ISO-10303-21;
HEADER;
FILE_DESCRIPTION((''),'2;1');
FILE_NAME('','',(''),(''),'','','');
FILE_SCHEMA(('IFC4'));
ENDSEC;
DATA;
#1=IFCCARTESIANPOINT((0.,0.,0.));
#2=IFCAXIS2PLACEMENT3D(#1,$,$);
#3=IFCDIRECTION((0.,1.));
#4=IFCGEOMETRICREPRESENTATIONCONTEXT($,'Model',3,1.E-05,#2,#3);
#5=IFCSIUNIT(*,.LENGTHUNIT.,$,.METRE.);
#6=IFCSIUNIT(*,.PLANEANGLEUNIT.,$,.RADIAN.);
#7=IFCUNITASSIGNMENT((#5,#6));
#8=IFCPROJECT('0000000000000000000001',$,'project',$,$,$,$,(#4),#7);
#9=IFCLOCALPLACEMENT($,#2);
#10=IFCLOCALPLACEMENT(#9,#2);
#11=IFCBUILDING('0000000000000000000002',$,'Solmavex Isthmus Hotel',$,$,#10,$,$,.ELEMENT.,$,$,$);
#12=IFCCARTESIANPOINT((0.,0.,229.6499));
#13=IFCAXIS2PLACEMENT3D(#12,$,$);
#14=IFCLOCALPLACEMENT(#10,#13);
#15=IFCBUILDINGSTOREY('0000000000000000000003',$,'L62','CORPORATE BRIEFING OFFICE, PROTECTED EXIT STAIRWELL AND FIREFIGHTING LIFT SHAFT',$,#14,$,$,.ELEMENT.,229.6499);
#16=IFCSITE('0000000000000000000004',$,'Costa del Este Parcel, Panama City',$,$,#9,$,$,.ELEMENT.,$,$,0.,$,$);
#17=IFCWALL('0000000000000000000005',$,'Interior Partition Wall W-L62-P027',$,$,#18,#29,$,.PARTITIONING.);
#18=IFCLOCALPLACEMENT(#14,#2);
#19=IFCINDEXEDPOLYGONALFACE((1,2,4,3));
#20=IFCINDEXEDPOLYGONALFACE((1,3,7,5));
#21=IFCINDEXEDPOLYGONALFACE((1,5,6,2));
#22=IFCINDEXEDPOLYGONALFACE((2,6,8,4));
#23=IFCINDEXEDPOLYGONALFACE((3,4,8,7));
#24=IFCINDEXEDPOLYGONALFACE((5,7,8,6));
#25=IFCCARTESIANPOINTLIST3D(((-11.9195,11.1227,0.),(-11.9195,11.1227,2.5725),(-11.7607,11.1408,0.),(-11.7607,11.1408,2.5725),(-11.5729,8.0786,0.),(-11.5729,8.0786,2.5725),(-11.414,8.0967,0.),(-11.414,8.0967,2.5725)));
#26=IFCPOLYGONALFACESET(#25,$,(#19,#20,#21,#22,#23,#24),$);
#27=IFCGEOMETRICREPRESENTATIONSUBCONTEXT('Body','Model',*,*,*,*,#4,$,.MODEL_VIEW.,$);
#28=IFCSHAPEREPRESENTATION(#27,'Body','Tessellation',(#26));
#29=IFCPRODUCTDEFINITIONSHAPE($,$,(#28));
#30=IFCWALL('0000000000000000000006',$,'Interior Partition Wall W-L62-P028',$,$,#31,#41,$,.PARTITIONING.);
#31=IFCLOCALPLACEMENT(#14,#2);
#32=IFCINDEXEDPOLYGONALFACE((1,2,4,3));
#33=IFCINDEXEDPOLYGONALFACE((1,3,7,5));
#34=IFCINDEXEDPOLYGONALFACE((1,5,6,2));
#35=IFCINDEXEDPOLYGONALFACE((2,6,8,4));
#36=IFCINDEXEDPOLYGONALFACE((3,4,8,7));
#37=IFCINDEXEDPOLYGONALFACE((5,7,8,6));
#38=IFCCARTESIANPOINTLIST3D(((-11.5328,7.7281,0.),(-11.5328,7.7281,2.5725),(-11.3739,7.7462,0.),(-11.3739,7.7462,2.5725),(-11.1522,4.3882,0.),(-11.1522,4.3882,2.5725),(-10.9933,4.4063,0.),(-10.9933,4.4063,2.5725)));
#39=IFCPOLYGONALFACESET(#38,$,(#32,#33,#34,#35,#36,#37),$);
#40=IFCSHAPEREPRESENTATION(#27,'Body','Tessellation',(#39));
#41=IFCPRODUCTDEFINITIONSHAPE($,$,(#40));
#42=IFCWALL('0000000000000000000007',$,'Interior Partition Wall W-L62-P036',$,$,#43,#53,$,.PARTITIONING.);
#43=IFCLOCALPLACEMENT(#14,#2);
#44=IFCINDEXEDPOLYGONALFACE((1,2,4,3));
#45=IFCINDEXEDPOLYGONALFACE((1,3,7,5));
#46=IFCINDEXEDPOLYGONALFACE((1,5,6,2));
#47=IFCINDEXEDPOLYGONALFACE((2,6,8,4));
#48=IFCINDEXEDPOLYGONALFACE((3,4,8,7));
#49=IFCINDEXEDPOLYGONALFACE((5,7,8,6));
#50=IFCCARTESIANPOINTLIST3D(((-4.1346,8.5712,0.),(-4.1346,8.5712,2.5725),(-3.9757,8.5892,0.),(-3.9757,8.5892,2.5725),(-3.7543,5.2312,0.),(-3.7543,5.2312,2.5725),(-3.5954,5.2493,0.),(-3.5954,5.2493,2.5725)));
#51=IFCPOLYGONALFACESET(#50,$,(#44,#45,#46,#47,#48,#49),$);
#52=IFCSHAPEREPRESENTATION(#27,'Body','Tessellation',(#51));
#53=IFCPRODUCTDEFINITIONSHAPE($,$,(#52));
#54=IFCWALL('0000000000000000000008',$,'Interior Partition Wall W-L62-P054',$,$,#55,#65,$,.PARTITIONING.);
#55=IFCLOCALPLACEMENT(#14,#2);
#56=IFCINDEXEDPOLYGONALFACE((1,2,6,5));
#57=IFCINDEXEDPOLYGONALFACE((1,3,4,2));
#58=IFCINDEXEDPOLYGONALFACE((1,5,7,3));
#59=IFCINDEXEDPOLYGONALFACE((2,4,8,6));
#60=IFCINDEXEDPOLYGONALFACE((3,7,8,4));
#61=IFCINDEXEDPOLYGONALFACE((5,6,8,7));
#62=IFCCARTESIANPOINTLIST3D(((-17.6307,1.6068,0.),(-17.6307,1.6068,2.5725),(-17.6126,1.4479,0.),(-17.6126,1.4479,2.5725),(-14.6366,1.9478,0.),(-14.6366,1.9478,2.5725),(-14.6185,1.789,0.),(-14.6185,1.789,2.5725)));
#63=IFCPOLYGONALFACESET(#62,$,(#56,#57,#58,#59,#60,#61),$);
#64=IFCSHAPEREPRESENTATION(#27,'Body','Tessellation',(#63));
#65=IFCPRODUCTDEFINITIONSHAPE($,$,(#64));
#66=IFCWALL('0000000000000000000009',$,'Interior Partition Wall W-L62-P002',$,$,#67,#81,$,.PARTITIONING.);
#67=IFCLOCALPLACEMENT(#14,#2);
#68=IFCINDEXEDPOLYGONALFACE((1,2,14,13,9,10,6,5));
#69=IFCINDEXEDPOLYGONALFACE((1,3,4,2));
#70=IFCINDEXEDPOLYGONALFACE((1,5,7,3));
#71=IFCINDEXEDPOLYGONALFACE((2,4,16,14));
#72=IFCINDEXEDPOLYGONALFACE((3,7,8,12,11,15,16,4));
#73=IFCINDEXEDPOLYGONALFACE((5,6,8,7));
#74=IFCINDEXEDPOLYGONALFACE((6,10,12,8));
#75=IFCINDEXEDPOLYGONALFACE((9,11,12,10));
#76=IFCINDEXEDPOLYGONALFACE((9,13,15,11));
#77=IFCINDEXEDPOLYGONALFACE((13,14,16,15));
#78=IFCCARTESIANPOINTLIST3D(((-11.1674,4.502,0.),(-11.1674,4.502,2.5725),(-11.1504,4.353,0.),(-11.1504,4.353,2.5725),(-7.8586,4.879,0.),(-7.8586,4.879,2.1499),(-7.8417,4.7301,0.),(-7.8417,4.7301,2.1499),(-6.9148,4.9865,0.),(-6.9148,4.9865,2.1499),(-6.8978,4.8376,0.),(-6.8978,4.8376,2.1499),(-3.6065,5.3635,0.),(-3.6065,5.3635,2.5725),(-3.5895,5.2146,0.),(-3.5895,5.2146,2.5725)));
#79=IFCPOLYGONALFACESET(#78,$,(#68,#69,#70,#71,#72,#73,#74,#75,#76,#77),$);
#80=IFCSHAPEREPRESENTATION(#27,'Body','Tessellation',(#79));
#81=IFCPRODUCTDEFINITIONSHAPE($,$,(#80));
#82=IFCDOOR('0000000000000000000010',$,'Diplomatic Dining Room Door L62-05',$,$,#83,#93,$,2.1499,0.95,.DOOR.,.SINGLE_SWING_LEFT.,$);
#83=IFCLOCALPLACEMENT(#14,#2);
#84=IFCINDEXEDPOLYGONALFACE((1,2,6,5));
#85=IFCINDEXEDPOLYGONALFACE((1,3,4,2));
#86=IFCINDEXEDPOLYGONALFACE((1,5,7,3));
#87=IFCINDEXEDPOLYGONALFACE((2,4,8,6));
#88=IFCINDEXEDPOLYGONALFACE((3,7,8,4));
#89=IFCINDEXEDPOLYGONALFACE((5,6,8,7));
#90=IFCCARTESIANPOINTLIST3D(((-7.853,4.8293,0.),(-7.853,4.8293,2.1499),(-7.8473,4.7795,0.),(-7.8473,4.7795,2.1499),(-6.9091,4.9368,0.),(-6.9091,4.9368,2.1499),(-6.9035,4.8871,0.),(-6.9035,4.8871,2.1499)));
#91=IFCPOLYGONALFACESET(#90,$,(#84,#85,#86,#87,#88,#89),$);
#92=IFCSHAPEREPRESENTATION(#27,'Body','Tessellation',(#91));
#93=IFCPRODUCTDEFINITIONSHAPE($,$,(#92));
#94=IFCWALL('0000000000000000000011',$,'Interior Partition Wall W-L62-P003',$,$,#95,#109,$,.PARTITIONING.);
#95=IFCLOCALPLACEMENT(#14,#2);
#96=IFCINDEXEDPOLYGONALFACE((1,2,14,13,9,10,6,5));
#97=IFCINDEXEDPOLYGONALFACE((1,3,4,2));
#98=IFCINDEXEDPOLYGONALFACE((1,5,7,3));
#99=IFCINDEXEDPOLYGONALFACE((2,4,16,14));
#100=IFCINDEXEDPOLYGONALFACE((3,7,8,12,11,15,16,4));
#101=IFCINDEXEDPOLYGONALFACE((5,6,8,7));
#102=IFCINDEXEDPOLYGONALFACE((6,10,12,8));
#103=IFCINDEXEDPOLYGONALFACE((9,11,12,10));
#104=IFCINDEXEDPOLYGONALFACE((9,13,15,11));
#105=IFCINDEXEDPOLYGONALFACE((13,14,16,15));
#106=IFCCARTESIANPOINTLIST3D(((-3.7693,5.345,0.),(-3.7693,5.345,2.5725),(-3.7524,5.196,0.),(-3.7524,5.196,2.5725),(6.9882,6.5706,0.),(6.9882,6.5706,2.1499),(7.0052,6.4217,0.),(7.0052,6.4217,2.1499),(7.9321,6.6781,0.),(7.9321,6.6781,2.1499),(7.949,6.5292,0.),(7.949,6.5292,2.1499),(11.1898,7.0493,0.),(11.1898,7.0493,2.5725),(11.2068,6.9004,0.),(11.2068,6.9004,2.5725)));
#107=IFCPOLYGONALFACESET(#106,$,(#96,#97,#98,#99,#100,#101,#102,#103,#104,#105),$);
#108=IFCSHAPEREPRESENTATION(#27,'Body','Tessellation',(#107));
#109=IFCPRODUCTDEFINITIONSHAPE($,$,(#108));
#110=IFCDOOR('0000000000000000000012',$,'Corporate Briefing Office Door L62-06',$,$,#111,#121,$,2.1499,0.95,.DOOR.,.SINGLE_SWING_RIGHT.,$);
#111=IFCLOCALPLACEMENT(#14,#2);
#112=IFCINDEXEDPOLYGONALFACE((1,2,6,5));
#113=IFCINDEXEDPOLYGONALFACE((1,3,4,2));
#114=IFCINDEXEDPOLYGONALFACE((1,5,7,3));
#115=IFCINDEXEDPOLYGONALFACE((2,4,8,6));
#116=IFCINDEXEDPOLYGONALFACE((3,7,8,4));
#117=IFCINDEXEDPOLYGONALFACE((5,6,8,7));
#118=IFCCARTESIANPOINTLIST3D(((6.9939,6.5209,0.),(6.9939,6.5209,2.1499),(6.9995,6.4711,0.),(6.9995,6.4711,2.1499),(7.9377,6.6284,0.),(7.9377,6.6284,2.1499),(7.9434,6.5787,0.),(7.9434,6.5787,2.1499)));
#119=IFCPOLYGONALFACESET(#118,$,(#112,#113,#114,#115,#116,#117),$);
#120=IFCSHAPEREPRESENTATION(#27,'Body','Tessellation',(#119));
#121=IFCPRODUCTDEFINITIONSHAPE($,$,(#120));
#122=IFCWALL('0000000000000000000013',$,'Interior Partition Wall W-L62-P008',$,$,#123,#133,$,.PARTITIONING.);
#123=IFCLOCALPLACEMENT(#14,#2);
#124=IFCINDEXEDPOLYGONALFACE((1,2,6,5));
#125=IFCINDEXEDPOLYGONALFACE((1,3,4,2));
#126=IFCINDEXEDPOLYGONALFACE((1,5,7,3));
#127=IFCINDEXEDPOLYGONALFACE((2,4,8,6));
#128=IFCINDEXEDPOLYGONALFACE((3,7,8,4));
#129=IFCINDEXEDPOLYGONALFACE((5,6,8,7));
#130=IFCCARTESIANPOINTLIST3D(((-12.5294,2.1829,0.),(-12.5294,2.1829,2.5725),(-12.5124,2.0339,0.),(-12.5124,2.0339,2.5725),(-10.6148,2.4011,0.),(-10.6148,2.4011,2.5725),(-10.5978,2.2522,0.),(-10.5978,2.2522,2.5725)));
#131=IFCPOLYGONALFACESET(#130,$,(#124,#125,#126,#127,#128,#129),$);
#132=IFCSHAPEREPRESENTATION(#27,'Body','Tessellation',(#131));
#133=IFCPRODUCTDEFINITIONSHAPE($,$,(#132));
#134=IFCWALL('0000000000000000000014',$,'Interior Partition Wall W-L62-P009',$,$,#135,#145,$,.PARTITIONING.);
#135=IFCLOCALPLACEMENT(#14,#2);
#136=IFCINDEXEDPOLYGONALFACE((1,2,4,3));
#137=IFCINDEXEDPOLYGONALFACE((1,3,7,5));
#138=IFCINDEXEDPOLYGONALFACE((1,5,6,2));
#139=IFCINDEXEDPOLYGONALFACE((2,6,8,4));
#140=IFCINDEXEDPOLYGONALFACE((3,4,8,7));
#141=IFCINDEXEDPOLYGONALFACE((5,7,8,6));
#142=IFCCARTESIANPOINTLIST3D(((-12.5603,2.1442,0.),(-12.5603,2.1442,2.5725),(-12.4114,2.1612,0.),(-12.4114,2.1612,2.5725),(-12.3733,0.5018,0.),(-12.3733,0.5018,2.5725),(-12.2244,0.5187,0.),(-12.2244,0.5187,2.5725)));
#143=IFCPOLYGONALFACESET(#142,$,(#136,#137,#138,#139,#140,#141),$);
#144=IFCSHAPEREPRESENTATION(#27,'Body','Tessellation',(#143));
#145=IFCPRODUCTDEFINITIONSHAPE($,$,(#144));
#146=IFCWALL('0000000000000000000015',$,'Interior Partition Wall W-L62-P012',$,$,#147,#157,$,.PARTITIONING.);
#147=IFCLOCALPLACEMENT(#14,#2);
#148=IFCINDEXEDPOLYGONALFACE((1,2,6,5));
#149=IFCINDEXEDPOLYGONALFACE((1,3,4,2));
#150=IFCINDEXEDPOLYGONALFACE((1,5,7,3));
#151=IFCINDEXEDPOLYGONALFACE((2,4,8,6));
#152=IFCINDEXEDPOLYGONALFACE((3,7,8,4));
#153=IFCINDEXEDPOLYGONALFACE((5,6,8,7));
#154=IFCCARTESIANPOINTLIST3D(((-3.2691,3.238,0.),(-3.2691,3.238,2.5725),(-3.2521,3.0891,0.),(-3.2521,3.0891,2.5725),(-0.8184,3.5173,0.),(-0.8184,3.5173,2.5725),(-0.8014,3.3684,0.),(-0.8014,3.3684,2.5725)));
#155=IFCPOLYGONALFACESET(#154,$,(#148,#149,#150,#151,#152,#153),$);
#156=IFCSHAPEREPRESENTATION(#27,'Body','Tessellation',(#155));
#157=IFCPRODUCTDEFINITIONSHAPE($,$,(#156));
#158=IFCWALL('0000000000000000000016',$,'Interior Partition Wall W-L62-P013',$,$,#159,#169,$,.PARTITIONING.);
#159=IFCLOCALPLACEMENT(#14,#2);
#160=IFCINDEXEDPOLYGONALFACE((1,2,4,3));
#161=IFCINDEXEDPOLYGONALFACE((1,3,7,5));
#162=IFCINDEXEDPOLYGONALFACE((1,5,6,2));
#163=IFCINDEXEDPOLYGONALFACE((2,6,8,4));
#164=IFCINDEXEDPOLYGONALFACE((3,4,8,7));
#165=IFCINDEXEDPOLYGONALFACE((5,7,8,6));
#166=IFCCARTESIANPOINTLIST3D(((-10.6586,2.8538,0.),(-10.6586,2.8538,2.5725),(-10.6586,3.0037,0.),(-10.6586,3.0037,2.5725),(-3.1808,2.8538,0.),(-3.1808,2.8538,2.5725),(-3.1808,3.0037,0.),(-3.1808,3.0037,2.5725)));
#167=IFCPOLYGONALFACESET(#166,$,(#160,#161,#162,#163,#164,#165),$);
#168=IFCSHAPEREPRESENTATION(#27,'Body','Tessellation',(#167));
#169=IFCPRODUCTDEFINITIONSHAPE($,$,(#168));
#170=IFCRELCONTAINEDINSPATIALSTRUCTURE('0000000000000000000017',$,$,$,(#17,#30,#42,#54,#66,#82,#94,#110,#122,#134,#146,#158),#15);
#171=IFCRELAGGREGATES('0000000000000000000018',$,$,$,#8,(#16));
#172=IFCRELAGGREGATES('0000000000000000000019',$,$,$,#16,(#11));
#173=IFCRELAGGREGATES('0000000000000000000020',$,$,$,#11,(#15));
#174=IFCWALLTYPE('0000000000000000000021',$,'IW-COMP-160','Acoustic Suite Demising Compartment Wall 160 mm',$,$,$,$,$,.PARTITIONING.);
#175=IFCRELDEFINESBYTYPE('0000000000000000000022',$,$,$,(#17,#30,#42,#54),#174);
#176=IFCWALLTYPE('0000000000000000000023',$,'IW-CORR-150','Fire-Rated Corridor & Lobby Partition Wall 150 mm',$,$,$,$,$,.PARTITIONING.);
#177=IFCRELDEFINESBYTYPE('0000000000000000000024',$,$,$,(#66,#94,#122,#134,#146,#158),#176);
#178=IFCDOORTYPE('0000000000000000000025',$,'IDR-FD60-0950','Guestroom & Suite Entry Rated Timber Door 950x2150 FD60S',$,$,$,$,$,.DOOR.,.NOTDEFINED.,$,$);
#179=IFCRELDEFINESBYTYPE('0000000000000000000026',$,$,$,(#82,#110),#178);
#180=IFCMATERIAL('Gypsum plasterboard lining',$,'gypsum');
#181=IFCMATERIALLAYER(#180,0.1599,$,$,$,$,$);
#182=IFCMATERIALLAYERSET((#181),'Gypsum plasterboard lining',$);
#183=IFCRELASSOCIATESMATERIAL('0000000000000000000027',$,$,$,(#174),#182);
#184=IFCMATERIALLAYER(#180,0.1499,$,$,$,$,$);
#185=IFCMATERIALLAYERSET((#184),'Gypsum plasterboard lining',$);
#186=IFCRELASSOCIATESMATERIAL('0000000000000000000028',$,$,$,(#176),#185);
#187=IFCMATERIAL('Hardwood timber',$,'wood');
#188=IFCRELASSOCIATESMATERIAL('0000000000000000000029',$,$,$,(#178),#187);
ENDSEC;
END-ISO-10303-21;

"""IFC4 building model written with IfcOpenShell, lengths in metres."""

from ifc_helpers import new_model, si_unit, direction, frame, frame_2d, origin, place, context, subcontext, project, spatial, rectangle, extrude, material, layer, layer_set, type_object, element, fill, save


model = new_model("IFC4")

# Units and contexts
model_context = context("Model", 3, precision=1e-05, world=origin(), true_north=direction((0.0, 1.0)))
body_context = subcontext(model_context, "Body", "Model", "MODEL_VIEW")
ifc_project = project(units=[si_unit("LENGTHUNIT", "METRE"), si_unit("PLANEANGLEUNIT", "RADIAN")], contexts=[model_context])

# Site, building, storey
site_placement = place(None, origin())
site = spatial("IfcSite", under=ifc_project, at=site_placement, Name="Costa del Este Parcel, Panama City", CompositionType="ELEMENT", RefElevation=0.0)
building_placement = place(site_placement, origin())
building = spatial("IfcBuilding", under=site, at=building_placement, Name="Solmavex Isthmus Hotel", CompositionType="ELEMENT")
storey_placement = place(building_placement, frame((0.0, 0.0, 229.6499)))
storey = spatial("IfcBuildingStorey", under=building, at=storey_placement, Name="L62", Description="CORPORATE BRIEFING OFFICE, PROTECTED EXIT STAIRWELL AND FIREFIGHTING LIFT SHAFT", CompositionType="ELEMENT", Elevation=229.6499)

# Walls
ifc_material_1 = material(Name="Gypsum plasterboard lining", Category="gypsum")
ifc_layer_1 = layer(ifc_material_1, 0.1599)
ifc_layer_set_1 = layer_set([ifc_layer_1], Name="Gypsum plasterboard lining")
wall_type_1 = type_object("IfcWallType", Name="IW-COMP-160", Description="Acoustic Suite Demising Compartment Wall 160 mm", PredefinedType="PARTITIONING", material=ifc_layer_set_1)
wall_1_placement = place(storey_placement, frame((-11.8401, 11.1316, 0.0), z_axis=(0.0, 0.0, 1.0), x_axis=(0.11316, -0.993577, 0.0)))
element("IfcWall", 1, at=wall_1_placement, inside=storey, type_object=wall_type_1, Name="Interior Partition Wall W-L62-P027", PredefinedType="PARTITIONING", context=body_context, shape_type="SweptSolid", body=[
    extrude(rectangle(XDim=3.0637, YDim=0.1599, at=frame_2d((1.5317, 0.0))), origin(), (0.0, 0.0, 1.0), 2.5725),
])
for number, where, z_axis, x_axis, name in (
    (2, (-11.4534, 7.7371, 0.0), (0.0, 0.0, 1.0), (0.113229, -0.993569, 0.0), "Interior Partition Wall W-L62-P028"),
    (3, (-4.0552, 8.5801, 0.0), (0.0, 0.0, 1.0), (0.113149, -0.993578, 0.0), "Interior Partition Wall W-L62-P036"),
):
    element("IfcWall", number, at=place(storey_placement, frame(where, z_axis=z_axis, x_axis=x_axis)), inside=storey, type_object=wall_type_1, Name=name, PredefinedType="PARTITIONING", context=body_context, shape_type="SweptSolid", body=[
        extrude(rectangle(XDim=3.3616, YDim=0.1599, at=frame_2d((1.6807, 0.0))), origin(), (0.0, 0.0, 1.0), 2.5725),
    ])
wall_2_placement = place(storey_placement, frame((-14.6274, 1.8684, 0.0), z_axis=(0.0, 0.0, 1.0), x_axis=(-0.993575, -0.113179, 0.0)))
element("IfcWall", 4, at=wall_2_placement, inside=storey, type_object=wall_type_1, Name="Interior Partition Wall W-L62-P054", PredefinedType="PARTITIONING", context=body_context, shape_type="SweptSolid", body=[
    extrude(rectangle(XDim=3.0134, YDim=0.1599, at=frame_2d((1.5068, 0.0))), origin(), (0.0, 0.0, 1.0), 2.5725),
])

# Walls, openings, doors
ifc_layer_2 = layer(ifc_material_1, 0.1499)
ifc_layer_set_2 = layer_set([ifc_layer_2], Name="Gypsum plasterboard lining")
wall_type_2 = type_object("IfcWallType", Name="IW-CORR-150", Description="Fire-Rated Corridor & Lobby Partition Wall 150 mm", PredefinedType="PARTITIONING", material=ifc_layer_set_2)
wall_3_placement = place(storey_placement, frame((-11.1589, 4.4275, 0.0), z_axis=(0.0, 0.0, 1.0), x_axis=(0.99357, 0.113216, 0.0)))
wall_3 = element("IfcWall", 5, at=wall_3_placement, inside=storey, type_object=wall_type_2, Name="Interior Partition Wall W-L62-P002", PredefinedType="PARTITIONING", context=body_context, shape_type="SweptSolid", body=[
    extrude(rectangle(XDim=7.6099, YDim=0.1499, at=frame_2d((3.8049, 0.0))), origin(), (0.0, 0.0, 1.0), 2.5725),
])
opening_1_placement = place(wall_3_placement, frame((3.3301, 0.0, 0.0)))
opening_1 = element("IfcOpeningElement", 6, at=opening_1_placement, cuts=wall_3, PredefinedType="OPENING", context=body_context, shape_type="SweptSolid", body=[
    extrude(rectangle(XDim=0.95, YDim=2.1499, at=frame_2d((0.4751, 1.075))), frame((0.0, 0.085, 0.0), z_axis=(0.0, -1.0, 0.0), x_axis=(1.0, 0.0, 0.0)), (0.0, 0.0, 1.0), 0.1699),
])
ifc_material_2 = material(Name="Hardwood timber", Category="wood")
door_type = type_object("IfcDoorType", Name="IDR-FD60-0950", Description="Guestroom & Suite Entry Rated Timber Door 950x2150 FD60S", OperationType="NOTDEFINED", PredefinedType="DOOR", material=ifc_material_2)
door_1_placement = place(opening_1_placement, origin())
door_1 = element("IfcDoor", 7, at=door_1_placement, inside=storey, type_object=door_type, Name="Diplomatic Dining Room Door L62-05", OperationType="SINGLE_SWING_LEFT", OverallHeight=2.1499, OverallWidth=0.95, PredefinedType="DOOR", context=body_context, shape_type="SweptSolid", body=[
    extrude(rectangle(XDim=0.95, YDim=2.1499, at=frame_2d((0.4751, 1.075))), frame((0.0, 0.0249, 0.0), z_axis=(0.0, -1.0, 0.0), x_axis=(1.0, 0.0, 0.0)), (0.0, 0.0, 1.0), 0.05),
])
fill(opening_1, door_1)
wall_4_placement = place(storey_placement, frame((-3.7607, 5.2705, 0.0), z_axis=(0.0, 0.0, 1.0), x_axis=(0.993572, 0.1132, 0.0)))
wall_4 = element("IfcWall", 8, at=wall_4_placement, inside=storey, type_object=wall_type_2, Name="Interior Partition Wall W-L62-P003", PredefinedType="PARTITIONING", context=body_context, shape_type="SweptSolid", body=[
    extrude(rectangle(XDim=15.0559, YDim=0.1499, at=frame_2d((7.5278, 0.0))), origin(), (0.0, 0.0, 1.0), 2.5725),
])
opening_2_placement = place(wall_4_placement, frame((10.8269, 0.0, 0.0)))
opening_2 = element("IfcOpeningElement", 9, at=opening_2_placement, cuts=wall_4, PredefinedType="OPENING", context=body_context, shape_type="SweptSolid", body=[
    extrude(rectangle(XDim=0.95, YDim=2.1499, at=frame_2d((0.4751, 1.075))), frame((0.0, 0.085, 0.0), z_axis=(0.0, -1.0, 0.0), x_axis=(1.0, 0.0, 0.0)), (0.0, 0.0, 1.0), 0.1699),
])
door_2_placement = place(opening_2_placement, origin())
door_2 = element("IfcDoor", 10, at=door_2_placement, inside=storey, type_object=door_type, Name="Corporate Briefing Office Door L62-06", OperationType="SINGLE_SWING_RIGHT", OverallHeight=2.1499, OverallWidth=0.95, PredefinedType="DOOR", context=body_context, shape_type="SweptSolid", body=[
    extrude(rectangle(XDim=0.95, YDim=2.1499, at=frame_2d((0.4751, 1.075))), frame((0.0, 0.0249, 0.0), z_axis=(0.0, -1.0, 0.0), x_axis=(1.0, 0.0, 0.0)), (0.0, 0.0, 1.0), 0.05),
])
fill(opening_2, door_2)

# Walls
wall_5_placement = place(storey_placement, frame((-10.6064, 2.3267, 0.0), z_axis=(0.0, 0.0, 1.0), x_axis=(-0.993564, -0.113268, 0.0)))
element("IfcWall", 11, at=wall_5_placement, inside=storey, type_object=wall_type_2, Name="Interior Partition Wall W-L62-P008", PredefinedType="PARTITIONING", context=body_context, shape_type="SweptSolid", body=[
    extrude(rectangle(XDim=1.927, YDim=0.1499, at=frame_2d((0.9634, 0.0))), origin(), (0.0, 0.0, 1.0), 2.5725),
])
wall_6_placement = place(storey_placement, frame((-12.4858, 2.1528, 0.0), z_axis=(0.0, 0.0, 1.0), x_axis=(0.113122, -0.993581, 0.0)))
element("IfcWall", 12, at=wall_6_placement, inside=storey, type_object=wall_type_2, Name="Interior Partition Wall W-L62-P009", PredefinedType="PARTITIONING", context=body_context, shape_type="SweptSolid", body=[
    extrude(rectangle(XDim=1.6531, YDim=0.1499, at=frame_2d((0.8267, 0.0))), origin(), (0.0, 0.0, 1.0), 2.5725),
])
wall_7_placement = place(storey_placement, frame((-0.8098, 3.4429, 0.0), z_axis=(0.0, 0.0, 1.0), x_axis=(-0.993568, -0.113234, 0.0)))
element("IfcWall", 13, at=wall_7_placement, inside=storey, type_object=wall_type_2, Name="Interior Partition Wall W-L62-P012", PredefinedType="PARTITIONING", context=body_context, shape_type="SweptSolid", body=[
    extrude(rectangle(XDim=2.4666, YDim=0.1499, at=frame_2d((1.2334, 0.0))), origin(), (0.0, 0.0, 1.0), 2.5725),
])
wall_8_placement = place(storey_placement, frame((-3.1809, 2.9287, 0.0), z_axis=(0.0, 0.0, 1.0), x_axis=(-1.0, 0.0, 0.0)))
element("IfcWall", 14, at=wall_8_placement, inside=storey, type_object=wall_type_2, Name="Interior Partition Wall W-L62-P013", PredefinedType="PARTITIONING", context=body_context, shape_type="SweptSolid", body=[
    extrude(rectangle(XDim=7.4778, YDim=0.1499, at=frame_2d((3.7388, 0.0))), origin(), (0.0, 0.0, 1.0), 2.5725),
])

save(model, "model.ifc")
